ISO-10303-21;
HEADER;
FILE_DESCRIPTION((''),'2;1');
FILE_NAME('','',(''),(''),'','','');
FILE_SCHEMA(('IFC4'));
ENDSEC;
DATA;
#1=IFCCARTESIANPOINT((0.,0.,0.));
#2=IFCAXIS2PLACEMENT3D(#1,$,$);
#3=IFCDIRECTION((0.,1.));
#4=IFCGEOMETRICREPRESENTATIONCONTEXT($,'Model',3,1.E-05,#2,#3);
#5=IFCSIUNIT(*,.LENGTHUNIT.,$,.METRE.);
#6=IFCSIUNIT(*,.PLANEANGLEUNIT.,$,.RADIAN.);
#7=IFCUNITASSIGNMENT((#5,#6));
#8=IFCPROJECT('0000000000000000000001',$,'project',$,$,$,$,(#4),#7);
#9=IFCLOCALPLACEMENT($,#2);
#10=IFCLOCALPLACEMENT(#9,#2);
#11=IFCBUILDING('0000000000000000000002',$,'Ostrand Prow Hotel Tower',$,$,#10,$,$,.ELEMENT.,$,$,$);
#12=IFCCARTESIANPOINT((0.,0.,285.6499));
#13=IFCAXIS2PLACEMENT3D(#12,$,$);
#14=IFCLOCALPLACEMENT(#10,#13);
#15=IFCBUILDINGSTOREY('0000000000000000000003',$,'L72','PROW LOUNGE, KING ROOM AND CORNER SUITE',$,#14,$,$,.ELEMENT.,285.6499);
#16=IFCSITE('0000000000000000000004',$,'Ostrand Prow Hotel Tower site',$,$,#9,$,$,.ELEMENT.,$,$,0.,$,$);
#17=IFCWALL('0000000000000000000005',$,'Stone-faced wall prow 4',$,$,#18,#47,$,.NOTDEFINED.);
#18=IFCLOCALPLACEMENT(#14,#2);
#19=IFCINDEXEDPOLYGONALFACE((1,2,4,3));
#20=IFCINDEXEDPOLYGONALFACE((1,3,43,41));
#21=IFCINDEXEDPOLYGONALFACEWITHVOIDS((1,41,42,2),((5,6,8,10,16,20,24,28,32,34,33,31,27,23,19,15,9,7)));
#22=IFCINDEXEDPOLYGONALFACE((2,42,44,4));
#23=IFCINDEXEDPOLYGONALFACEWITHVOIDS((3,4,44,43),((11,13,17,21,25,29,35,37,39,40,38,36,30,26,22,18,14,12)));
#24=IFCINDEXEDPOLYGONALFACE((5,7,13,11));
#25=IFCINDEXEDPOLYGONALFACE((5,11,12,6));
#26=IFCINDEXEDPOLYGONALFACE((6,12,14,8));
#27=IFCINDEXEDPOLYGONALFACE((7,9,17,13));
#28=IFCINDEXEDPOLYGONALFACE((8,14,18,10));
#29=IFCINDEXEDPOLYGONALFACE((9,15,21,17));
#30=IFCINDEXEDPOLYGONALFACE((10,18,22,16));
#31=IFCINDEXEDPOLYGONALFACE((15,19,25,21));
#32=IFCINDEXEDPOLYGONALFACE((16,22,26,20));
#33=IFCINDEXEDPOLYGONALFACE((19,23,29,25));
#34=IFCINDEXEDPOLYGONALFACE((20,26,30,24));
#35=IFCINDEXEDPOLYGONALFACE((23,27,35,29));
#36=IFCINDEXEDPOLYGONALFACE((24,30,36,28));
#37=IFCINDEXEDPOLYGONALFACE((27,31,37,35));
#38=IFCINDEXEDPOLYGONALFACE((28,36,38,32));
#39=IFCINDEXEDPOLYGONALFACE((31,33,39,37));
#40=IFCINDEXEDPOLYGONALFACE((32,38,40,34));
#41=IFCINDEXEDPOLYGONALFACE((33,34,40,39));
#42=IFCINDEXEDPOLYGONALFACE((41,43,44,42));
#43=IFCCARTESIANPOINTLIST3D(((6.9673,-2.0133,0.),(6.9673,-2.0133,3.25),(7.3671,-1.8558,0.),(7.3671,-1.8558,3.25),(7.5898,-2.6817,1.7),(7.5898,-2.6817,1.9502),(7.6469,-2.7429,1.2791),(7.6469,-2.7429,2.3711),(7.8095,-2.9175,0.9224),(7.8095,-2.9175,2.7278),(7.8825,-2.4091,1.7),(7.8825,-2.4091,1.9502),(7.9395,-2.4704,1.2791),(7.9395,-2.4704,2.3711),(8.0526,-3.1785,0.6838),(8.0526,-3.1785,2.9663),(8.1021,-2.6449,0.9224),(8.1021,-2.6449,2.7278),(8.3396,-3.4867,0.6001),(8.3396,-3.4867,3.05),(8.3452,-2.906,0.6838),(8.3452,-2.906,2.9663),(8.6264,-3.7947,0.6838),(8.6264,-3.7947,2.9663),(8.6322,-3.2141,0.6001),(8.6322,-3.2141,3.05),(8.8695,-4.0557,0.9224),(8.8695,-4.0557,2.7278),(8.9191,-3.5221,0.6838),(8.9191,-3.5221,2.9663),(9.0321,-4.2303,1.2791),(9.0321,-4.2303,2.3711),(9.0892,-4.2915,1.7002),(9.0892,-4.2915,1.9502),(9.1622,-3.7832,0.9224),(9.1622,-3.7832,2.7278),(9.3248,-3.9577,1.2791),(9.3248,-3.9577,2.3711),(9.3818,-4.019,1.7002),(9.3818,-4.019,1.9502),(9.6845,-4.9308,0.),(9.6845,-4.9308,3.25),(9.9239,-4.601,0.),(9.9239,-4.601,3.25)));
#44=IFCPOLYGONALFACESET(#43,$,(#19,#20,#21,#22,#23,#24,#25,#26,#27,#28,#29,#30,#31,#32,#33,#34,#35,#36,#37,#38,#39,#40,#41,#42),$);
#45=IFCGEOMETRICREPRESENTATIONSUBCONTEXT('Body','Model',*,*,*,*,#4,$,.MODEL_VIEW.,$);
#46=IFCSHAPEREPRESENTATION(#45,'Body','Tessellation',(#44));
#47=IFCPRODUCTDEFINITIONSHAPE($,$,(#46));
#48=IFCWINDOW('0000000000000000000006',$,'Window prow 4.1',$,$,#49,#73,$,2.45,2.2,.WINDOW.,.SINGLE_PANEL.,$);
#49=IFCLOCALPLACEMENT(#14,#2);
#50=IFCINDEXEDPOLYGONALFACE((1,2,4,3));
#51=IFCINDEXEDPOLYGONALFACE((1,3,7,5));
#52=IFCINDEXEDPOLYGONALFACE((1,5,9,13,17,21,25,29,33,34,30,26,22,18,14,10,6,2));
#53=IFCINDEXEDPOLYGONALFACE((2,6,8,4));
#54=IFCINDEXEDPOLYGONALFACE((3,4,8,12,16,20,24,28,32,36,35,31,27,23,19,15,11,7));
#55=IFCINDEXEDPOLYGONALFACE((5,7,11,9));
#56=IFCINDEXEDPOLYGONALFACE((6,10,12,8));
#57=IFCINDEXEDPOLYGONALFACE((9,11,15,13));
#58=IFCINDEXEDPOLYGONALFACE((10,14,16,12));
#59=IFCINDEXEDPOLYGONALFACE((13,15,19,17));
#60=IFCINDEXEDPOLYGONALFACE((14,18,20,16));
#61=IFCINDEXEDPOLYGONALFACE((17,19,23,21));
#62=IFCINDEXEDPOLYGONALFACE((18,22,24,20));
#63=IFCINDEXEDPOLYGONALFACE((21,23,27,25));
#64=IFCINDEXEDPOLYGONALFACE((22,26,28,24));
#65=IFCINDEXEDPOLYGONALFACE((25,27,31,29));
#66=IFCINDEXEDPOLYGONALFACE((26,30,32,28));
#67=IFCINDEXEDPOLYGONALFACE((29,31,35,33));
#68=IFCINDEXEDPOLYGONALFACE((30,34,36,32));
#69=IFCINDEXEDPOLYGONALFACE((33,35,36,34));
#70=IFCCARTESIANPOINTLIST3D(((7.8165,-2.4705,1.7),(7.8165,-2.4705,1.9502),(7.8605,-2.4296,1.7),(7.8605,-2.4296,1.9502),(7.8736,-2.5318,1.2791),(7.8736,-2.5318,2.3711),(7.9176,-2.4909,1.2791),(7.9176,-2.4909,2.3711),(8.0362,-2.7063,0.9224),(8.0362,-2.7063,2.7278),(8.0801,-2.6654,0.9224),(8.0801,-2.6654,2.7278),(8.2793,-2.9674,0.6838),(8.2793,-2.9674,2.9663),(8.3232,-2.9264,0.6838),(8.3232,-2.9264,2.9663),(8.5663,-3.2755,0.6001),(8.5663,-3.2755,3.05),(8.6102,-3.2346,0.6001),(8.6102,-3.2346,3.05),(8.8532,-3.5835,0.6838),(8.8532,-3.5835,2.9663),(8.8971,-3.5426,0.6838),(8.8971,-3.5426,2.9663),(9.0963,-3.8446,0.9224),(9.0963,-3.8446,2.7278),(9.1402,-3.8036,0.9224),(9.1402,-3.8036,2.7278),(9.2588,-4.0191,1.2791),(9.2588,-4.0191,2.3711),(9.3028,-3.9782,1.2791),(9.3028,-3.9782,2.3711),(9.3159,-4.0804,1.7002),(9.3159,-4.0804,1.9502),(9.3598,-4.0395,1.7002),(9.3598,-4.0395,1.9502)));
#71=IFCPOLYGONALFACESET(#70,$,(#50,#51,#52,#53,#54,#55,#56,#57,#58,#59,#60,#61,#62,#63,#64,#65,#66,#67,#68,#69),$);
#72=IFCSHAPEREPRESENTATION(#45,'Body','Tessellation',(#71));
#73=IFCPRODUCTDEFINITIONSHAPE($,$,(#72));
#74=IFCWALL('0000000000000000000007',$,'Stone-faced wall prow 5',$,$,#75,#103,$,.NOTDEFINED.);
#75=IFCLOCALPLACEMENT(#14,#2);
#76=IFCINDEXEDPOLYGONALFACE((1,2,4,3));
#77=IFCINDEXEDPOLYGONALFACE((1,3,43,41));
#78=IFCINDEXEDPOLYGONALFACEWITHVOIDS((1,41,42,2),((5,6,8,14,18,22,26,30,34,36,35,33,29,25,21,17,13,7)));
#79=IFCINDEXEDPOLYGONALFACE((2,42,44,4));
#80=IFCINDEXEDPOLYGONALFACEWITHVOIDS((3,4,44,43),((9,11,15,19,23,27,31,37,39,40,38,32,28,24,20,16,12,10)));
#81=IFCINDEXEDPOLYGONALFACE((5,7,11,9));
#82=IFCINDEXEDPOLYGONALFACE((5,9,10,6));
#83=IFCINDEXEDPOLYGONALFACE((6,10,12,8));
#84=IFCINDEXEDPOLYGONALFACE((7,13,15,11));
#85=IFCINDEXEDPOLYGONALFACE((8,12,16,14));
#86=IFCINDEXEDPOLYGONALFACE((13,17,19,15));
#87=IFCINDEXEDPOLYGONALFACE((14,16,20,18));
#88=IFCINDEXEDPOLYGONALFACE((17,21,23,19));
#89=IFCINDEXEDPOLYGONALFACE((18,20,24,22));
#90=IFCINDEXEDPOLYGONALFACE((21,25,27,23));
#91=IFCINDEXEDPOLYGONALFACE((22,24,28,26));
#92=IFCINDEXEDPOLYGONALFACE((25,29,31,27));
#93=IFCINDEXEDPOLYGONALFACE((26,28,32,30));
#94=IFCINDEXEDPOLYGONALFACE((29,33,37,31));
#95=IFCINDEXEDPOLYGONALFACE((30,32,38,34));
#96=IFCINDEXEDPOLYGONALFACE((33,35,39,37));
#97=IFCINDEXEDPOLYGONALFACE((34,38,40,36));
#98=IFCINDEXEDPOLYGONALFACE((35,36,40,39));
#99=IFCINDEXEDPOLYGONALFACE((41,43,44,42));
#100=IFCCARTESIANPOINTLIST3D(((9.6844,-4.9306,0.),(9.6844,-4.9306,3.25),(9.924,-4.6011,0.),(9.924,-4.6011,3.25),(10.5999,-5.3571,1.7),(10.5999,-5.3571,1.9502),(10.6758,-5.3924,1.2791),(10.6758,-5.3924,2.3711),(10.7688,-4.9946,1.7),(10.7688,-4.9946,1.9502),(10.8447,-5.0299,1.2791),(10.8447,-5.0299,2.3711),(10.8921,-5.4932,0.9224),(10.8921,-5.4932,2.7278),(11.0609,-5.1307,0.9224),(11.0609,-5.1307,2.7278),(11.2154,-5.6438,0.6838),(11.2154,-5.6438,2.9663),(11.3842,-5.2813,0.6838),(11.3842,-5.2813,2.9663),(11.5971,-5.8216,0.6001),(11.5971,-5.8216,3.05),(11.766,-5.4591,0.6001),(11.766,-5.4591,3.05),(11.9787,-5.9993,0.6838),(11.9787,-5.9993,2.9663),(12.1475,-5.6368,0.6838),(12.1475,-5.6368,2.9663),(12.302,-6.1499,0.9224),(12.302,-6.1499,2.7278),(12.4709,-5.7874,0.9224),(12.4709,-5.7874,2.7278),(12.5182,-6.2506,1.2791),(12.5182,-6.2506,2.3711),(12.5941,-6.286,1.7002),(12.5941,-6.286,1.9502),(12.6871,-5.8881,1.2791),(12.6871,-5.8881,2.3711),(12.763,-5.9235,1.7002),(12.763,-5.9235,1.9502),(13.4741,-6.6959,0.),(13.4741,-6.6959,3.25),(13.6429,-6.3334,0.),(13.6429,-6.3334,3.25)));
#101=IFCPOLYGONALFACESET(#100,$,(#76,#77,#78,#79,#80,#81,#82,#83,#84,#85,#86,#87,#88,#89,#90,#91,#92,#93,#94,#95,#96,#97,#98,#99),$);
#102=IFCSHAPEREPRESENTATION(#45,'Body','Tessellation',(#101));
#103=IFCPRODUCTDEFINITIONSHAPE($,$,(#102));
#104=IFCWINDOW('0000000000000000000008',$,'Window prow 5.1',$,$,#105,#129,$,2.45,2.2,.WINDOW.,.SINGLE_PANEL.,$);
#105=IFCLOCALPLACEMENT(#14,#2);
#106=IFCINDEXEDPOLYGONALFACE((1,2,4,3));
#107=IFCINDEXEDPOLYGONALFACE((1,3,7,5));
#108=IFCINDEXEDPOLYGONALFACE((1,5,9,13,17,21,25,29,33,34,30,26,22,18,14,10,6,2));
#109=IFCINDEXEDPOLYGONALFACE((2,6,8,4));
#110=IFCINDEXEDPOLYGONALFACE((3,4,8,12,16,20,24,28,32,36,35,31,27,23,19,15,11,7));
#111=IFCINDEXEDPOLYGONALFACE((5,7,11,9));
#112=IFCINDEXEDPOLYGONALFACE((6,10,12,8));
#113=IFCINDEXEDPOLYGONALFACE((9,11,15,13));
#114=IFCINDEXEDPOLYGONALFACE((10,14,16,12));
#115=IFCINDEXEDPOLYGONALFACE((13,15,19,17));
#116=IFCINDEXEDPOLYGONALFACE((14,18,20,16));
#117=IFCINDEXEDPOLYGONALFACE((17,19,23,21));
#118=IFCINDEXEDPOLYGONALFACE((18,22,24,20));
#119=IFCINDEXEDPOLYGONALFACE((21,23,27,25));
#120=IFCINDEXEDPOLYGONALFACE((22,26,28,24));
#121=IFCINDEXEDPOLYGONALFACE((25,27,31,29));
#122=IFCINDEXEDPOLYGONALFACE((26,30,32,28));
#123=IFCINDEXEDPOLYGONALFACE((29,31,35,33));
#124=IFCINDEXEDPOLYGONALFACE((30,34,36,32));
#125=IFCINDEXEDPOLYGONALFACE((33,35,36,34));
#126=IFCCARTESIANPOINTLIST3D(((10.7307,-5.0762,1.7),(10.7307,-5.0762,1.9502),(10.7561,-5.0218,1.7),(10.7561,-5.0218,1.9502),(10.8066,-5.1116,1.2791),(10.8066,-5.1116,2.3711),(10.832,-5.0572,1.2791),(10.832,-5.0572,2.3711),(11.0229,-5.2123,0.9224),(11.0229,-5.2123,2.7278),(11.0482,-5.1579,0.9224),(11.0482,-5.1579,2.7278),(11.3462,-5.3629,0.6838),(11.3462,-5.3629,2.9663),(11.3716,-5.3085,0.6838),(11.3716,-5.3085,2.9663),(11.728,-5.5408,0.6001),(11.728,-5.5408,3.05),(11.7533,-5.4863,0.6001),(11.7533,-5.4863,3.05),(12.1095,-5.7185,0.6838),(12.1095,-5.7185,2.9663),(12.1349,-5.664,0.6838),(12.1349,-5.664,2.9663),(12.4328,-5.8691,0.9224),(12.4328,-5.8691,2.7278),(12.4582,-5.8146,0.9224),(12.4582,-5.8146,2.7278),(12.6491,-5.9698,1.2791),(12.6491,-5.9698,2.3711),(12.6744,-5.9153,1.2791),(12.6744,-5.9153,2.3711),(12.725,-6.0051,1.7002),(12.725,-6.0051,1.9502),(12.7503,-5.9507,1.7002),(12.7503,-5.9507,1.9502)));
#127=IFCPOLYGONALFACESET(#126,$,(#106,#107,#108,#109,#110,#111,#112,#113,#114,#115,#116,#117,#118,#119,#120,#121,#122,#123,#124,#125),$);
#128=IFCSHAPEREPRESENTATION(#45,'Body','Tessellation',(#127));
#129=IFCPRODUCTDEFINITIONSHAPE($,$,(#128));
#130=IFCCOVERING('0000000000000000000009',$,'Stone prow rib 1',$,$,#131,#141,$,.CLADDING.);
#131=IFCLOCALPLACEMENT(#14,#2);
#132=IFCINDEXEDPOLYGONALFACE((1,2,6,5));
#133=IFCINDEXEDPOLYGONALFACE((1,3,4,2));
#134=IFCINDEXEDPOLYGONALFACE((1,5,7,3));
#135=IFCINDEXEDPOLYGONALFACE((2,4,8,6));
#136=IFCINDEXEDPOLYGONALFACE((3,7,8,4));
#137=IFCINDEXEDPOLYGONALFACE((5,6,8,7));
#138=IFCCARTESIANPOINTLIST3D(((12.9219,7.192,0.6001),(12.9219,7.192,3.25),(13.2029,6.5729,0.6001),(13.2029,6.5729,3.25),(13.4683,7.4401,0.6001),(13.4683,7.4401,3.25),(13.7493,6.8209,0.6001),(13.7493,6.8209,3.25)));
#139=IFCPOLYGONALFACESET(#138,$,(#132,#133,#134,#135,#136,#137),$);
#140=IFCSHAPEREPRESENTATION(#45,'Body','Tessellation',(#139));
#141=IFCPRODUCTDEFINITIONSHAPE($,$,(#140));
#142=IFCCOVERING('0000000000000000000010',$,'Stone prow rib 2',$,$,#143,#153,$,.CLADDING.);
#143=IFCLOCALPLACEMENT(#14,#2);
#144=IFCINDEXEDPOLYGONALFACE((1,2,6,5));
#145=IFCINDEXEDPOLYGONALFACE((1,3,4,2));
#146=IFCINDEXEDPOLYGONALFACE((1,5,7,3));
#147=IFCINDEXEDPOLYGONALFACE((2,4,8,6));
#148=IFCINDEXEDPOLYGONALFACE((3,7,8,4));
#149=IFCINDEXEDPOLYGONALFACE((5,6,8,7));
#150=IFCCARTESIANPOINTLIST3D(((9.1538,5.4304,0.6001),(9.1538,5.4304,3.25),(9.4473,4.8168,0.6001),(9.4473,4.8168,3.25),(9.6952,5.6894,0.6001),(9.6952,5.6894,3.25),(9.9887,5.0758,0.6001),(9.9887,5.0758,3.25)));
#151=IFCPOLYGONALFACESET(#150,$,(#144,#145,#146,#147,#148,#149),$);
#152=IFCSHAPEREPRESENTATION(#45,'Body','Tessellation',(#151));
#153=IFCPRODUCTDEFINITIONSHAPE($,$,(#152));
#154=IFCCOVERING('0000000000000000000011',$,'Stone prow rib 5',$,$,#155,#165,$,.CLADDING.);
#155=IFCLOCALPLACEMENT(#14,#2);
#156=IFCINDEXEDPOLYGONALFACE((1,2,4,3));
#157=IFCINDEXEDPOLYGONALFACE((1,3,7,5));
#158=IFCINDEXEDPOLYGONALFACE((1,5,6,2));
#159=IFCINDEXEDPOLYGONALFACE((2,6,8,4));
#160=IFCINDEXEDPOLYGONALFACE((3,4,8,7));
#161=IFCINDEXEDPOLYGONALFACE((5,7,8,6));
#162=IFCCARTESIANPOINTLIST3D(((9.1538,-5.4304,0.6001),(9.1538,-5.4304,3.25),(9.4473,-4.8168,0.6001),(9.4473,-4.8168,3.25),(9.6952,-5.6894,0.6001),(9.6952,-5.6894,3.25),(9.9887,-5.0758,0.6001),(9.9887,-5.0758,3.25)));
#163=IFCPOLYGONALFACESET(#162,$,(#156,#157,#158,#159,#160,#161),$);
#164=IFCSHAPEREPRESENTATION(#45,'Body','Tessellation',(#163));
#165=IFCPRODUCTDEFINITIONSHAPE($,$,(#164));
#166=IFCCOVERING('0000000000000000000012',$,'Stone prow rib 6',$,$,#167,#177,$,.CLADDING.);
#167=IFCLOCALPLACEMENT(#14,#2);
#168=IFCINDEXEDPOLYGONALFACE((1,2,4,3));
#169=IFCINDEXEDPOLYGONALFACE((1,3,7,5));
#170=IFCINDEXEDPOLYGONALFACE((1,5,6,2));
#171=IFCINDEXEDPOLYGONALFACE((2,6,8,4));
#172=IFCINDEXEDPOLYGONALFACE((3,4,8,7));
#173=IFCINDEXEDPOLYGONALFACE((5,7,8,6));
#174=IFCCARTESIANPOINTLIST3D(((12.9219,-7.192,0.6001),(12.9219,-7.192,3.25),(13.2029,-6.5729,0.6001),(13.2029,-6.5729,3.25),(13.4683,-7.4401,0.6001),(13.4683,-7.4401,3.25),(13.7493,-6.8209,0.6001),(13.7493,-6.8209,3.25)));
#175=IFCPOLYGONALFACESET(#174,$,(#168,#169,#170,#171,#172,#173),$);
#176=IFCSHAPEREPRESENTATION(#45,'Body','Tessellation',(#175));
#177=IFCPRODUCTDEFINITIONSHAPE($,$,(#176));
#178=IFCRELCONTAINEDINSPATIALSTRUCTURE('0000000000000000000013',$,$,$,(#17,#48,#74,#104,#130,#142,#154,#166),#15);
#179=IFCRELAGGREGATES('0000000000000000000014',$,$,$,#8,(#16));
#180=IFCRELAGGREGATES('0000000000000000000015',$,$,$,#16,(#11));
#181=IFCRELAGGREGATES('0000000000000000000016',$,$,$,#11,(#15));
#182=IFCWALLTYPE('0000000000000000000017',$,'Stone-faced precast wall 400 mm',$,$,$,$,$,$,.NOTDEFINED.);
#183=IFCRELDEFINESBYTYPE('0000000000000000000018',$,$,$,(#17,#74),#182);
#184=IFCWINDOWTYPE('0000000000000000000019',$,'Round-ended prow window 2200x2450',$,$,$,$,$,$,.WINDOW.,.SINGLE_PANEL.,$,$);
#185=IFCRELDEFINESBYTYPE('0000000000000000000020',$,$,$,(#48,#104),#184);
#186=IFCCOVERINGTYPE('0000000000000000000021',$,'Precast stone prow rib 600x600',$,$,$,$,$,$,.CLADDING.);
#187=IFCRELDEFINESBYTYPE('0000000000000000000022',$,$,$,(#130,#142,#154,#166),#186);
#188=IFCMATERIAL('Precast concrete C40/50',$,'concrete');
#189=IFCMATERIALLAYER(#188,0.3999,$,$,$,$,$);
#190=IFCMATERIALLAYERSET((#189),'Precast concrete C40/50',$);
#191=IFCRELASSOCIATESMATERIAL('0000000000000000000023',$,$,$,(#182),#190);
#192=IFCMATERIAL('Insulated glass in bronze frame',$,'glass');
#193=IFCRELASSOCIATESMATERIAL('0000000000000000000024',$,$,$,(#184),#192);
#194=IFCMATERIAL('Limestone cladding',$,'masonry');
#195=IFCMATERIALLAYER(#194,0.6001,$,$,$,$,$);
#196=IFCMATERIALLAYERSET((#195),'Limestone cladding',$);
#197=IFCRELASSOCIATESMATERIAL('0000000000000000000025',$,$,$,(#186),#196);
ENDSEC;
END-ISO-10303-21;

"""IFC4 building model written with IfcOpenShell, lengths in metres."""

from ifc_helpers import new_model, si_unit, direction, frame, frame_2d, origin, place, context, subcontext, project, spatial, polyline, rectangle, outline, extrude, material, layer, layer_set, type_object, element, fill, save


model = new_model("IFC4")

# Units and contexts
model_context = context("Model", 3, precision=1e-05, world=origin(), true_north=direction((0.0, 1.0)))
body_context = subcontext(model_context, "Body", "Model", "MODEL_VIEW")
ifc_project = project(units=[si_unit("LENGTHUNIT", "METRE"), si_unit("PLANEANGLEUNIT", "RADIAN")], contexts=[model_context])

# Site, building, storey
site_placement = place(None, origin())
site = spatial("IfcSite", under=ifc_project, at=site_placement, Name="Ostrand Prow Hotel Tower site", CompositionType="ELEMENT", RefElevation=0.0)
building_placement = place(site_placement, origin())
building = spatial("IfcBuilding", under=site, at=building_placement, Name="Ostrand Prow Hotel Tower", CompositionType="ELEMENT")
storey_placement = place(building_placement, frame((0.0, 0.0, 285.6499)))
storey = spatial("IfcBuildingStorey", under=building, at=storey_placement, Name="L72", Description="PROW LOUNGE, KING ROOM AND CORNER SUITE", CompositionType="ELEMENT", Elevation=285.6499)

# Walls, openings, windows
ifc_material_1 = material(Name="Precast concrete C40/50", Category="concrete")
ifc_layer_1 = layer(ifc_material_1, 0.3999)
ifc_layer_set_1 = layer_set([ifc_layer_1], Name="Precast concrete C40/50")
wall_type_1 = type_object("IfcWallType", Name="Stone-faced precast wall 400 mm", PredefinedType="NOTDEFINED", material=ifc_layer_set_1)
ifc_material_2 = material(Name="Insulated glass in bronze frame", Category="glass")
window_type = type_object("IfcWindowType", Name="Round-ended prow window 2200x2450", PartitioningType="SINGLE_PANEL", PredefinedType="WINDOW", material=ifc_material_2)
wall_1_placement = place(storey_placement, frame((7.1672, -1.9346, 0.0), z_axis=(0.0, 0.0, 1.0), x_axis=(0.681547, -0.731775, 0.0)))
wall_1 = element("IfcWall", 1, at=wall_1_placement, inside=storey, type_object=wall_type_1, Name="Stone-faced wall prow 4", PredefinedType="NOTDEFINED", context=body_context, shape_type="SweptSolid", body=[
    extrude(outline(polyline([(-0.0786, -0.2), (3.9082, -0.2), (3.8301, 0.2), (0.0786, 0.2), (-0.0786, -0.2)])), origin(), (0.0, 0.0, 1.0), 3.25),
])
opening_1_placement = place(wall_1_placement, frame((0.8347, 0.0, 0.6001)))
opening_1 = element("IfcOpeningElement", 2, at=opening_1_placement, cuts=wall_1, PredefinedType="OPENING", context=body_context, shape_type="SweptSolid", body=[
    extrude(outline(polyline([(0.0, 1.3501), (0.0837, 1.771), (0.3223, 2.1277), (0.679, 2.3662), (1.1001, 2.45), (1.521, 2.3662), (1.8777, 2.1277), (2.1162, 1.771), (2.2, 1.3501), (2.2, 1.1001), (2.1162, 0.679), (1.8777, 0.3223), (1.521, 0.0837), (1.1001, 0.0), (0.679, 0.0837), (0.3223, 0.3223), (0.0837, 0.679), (0.0, 1.0999), (0.0, 1.3501)])), frame((0.0, 0.21, 0.0), z_axis=(0.0, -1.0, 0.0), x_axis=(1.0, 0.0, 0.0)), (0.0, 0.0, 1.0), 0.4199),
])
window_1_placement = place(opening_1_placement, origin())
window_1 = element("IfcWindow", 3, at=window_1_placement, inside=storey, type_object=window_type, Name="Window prow 4.1", OverallHeight=2.45, OverallWidth=2.2, PartitioningType="SINGLE_PANEL", PredefinedType="WINDOW", context=body_context, shape_type="SweptSolid", body=[
    extrude(outline(polyline([(0.0, 1.3501), (0.0837, 1.771), (0.3223, 2.1277), (0.679, 2.3662), (1.1001, 2.45), (1.521, 2.3662), (1.8777, 2.1277), (2.1162, 1.771), (2.2, 1.3501), (2.2, 1.1001), (2.1162, 0.679), (1.8777, 0.3223), (1.521, 0.0837), (1.1001, 0.0), (0.679, 0.0837), (0.3223, 0.3223), (0.0837, 0.679), (0.0, 1.0999), (0.0, 1.3501)])), frame((0.0, 0.1699, 0.0), z_axis=(0.0, -1.0, 0.0), x_axis=(1.0, 0.0, 0.0)), (0.0, 0.0, 1.0), 0.0601),
])
fill(opening_1, window_1)
wall_2_placement = place(storey_placement, frame((9.8042, -4.7659, 0.0), z_axis=(0.0, 0.0, 1.0), x_axis=(0.906486, -0.422237, 0.0)))
wall_2 = element("IfcWall", 4, at=wall_2_placement, inside=storey, type_object=wall_type_1, Name="Stone-faced wall prow 5", PredefinedType="NOTDEFINED", context=body_context, shape_type="SweptSolid", body=[
    extrude(outline(polyline([(-0.0391, -0.2), (4.1416, -0.2), (4.1416, 0.2), (0.0391, 0.2), (-0.0391, -0.2)])), origin(), (0.0, 0.0, 1.0), 3.25),
])
opening_2_placement = place(wall_2_placement, frame((0.9709, 0.0, 0.6001)))
opening_2 = element("IfcOpeningElement", 5, at=opening_2_placement, cuts=wall_2, PredefinedType="OPENING", context=body_context, shape_type="SweptSolid", body=[
    extrude(outline(polyline([(0.0, 1.3501), (0.0837, 1.771), (0.3223, 2.1277), (0.679, 2.3662), (1.1001, 2.45), (1.521, 2.3662), (1.8777, 2.1277), (2.1162, 1.771), (2.2, 1.3501), (2.2, 1.1001), (2.1162, 0.679), (1.8777, 0.3223), (1.521, 0.0837), (1.1001, 0.0), (0.679, 0.0837), (0.3223, 0.3223), (0.0837, 0.679), (0.0, 1.0999), (0.0, 1.3501)])), frame((0.0, 0.21, 0.0), z_axis=(0.0, -1.0, 0.0), x_axis=(1.0, 0.0, 0.0)), (0.0, 0.0, 1.0), 0.4199),
])
window_2_placement = place(opening_2_placement, origin())
window_2 = element("IfcWindow", 6, at=window_2_placement, inside=storey, type_object=window_type, Name="Window prow 5.1", OverallHeight=2.45, OverallWidth=2.2, PartitioningType="SINGLE_PANEL", PredefinedType="WINDOW", context=body_context, shape_type="SweptSolid", body=[
    extrude(outline(polyline([(0.0, 1.3501), (0.0837, 1.771), (0.3223, 2.1277), (0.679, 2.3662), (1.1001, 2.45), (1.521, 2.3662), (1.8777, 2.1277), (2.1162, 1.771), (2.2, 1.3501), (2.2, 1.1001), (2.1162, 0.679), (1.8777, 0.3223), (1.521, 0.0837), (1.1001, 0.0), (0.679, 0.0837), (0.3223, 0.3223), (0.0837, 0.679), (0.0, 1.0999), (0.0, 1.3501)])), frame((0.0, 0.1699, 0.0), z_axis=(0.0, -1.0, 0.0), x_axis=(1.0, 0.0, 0.0)), (0.0, 0.0, 1.0), 0.0601),
])
fill(opening_2, window_2)

# Coverings
ifc_material_3 = material(Name="Limestone cladding", Category="masonry")
ifc_layer_2 = layer(ifc_material_3, 0.6001)
ifc_layer_set_2 = layer_set([ifc_layer_2], Name="Limestone cladding")
covering_type = type_object("IfcCoveringType", Name="Precast stone prow rib 600x600", PredefinedType="CLADDING", material=ifc_layer_set_2)
covering_1_placement = place(storey_placement, frame((13.4761, 6.697, 0.6001), z_axis=(0.0, 0.0, 1.0), x_axis=(-0.413289, 0.9106, 0.0)))
element("IfcCovering", 7, at=covering_1_placement, inside=storey, type_object=covering_type, Name="Stone prow rib 1", PredefinedType="CLADDING", context=body_context, shape_type="SweptSolid", body=[
    extrude(rectangle(XDim=0.6799, YDim=0.6001, at=frame_2d((0.3398, 0.0))), origin(), (0.0, 0.0, 1.0), 2.6499),
])
for number, where, z_axis, x_axis, name in (
    (8, (9.718, 4.9463, 0.6001), (0.0, 0.0, 1.0), (-0.431494, 0.902116, 0.0), "Stone prow rib 2"),
    (9, (9.718, -4.9463, 0.6001), (0.0, 0.0, 1.0), (-0.431494, -0.902116, 0.0), "Stone prow rib 5"),
):
    element("IfcCovering", number, at=place(storey_placement, frame(where, z_axis=z_axis, x_axis=x_axis)), inside=storey, type_object=covering_type, Name=name, PredefinedType="CLADDING", context=body_context, shape_type="SweptSolid", body=[
        extrude(rectangle(XDim=0.6802, YDim=0.6001, at=frame_2d((0.3401, 0.0))), origin(), (0.0, 0.0, 1.0), 2.6499),
    ])
covering_2_placement = place(storey_placement, frame((13.4761, -6.697, 0.6001), z_axis=(0.0, 0.0, 1.0), x_axis=(-0.413289, -0.9106, 0.0)))
element("IfcCovering", 10, at=covering_2_placement, inside=storey, type_object=covering_type, Name="Stone prow rib 6", PredefinedType="CLADDING", context=body_context, shape_type="SweptSolid", body=[
    extrude(rectangle(XDim=0.6799, YDim=0.6001, at=frame_2d((0.3398, 0.0))), origin(), (0.0, 0.0, 1.0), 2.6499),
])

save(model, "model.ifc")
